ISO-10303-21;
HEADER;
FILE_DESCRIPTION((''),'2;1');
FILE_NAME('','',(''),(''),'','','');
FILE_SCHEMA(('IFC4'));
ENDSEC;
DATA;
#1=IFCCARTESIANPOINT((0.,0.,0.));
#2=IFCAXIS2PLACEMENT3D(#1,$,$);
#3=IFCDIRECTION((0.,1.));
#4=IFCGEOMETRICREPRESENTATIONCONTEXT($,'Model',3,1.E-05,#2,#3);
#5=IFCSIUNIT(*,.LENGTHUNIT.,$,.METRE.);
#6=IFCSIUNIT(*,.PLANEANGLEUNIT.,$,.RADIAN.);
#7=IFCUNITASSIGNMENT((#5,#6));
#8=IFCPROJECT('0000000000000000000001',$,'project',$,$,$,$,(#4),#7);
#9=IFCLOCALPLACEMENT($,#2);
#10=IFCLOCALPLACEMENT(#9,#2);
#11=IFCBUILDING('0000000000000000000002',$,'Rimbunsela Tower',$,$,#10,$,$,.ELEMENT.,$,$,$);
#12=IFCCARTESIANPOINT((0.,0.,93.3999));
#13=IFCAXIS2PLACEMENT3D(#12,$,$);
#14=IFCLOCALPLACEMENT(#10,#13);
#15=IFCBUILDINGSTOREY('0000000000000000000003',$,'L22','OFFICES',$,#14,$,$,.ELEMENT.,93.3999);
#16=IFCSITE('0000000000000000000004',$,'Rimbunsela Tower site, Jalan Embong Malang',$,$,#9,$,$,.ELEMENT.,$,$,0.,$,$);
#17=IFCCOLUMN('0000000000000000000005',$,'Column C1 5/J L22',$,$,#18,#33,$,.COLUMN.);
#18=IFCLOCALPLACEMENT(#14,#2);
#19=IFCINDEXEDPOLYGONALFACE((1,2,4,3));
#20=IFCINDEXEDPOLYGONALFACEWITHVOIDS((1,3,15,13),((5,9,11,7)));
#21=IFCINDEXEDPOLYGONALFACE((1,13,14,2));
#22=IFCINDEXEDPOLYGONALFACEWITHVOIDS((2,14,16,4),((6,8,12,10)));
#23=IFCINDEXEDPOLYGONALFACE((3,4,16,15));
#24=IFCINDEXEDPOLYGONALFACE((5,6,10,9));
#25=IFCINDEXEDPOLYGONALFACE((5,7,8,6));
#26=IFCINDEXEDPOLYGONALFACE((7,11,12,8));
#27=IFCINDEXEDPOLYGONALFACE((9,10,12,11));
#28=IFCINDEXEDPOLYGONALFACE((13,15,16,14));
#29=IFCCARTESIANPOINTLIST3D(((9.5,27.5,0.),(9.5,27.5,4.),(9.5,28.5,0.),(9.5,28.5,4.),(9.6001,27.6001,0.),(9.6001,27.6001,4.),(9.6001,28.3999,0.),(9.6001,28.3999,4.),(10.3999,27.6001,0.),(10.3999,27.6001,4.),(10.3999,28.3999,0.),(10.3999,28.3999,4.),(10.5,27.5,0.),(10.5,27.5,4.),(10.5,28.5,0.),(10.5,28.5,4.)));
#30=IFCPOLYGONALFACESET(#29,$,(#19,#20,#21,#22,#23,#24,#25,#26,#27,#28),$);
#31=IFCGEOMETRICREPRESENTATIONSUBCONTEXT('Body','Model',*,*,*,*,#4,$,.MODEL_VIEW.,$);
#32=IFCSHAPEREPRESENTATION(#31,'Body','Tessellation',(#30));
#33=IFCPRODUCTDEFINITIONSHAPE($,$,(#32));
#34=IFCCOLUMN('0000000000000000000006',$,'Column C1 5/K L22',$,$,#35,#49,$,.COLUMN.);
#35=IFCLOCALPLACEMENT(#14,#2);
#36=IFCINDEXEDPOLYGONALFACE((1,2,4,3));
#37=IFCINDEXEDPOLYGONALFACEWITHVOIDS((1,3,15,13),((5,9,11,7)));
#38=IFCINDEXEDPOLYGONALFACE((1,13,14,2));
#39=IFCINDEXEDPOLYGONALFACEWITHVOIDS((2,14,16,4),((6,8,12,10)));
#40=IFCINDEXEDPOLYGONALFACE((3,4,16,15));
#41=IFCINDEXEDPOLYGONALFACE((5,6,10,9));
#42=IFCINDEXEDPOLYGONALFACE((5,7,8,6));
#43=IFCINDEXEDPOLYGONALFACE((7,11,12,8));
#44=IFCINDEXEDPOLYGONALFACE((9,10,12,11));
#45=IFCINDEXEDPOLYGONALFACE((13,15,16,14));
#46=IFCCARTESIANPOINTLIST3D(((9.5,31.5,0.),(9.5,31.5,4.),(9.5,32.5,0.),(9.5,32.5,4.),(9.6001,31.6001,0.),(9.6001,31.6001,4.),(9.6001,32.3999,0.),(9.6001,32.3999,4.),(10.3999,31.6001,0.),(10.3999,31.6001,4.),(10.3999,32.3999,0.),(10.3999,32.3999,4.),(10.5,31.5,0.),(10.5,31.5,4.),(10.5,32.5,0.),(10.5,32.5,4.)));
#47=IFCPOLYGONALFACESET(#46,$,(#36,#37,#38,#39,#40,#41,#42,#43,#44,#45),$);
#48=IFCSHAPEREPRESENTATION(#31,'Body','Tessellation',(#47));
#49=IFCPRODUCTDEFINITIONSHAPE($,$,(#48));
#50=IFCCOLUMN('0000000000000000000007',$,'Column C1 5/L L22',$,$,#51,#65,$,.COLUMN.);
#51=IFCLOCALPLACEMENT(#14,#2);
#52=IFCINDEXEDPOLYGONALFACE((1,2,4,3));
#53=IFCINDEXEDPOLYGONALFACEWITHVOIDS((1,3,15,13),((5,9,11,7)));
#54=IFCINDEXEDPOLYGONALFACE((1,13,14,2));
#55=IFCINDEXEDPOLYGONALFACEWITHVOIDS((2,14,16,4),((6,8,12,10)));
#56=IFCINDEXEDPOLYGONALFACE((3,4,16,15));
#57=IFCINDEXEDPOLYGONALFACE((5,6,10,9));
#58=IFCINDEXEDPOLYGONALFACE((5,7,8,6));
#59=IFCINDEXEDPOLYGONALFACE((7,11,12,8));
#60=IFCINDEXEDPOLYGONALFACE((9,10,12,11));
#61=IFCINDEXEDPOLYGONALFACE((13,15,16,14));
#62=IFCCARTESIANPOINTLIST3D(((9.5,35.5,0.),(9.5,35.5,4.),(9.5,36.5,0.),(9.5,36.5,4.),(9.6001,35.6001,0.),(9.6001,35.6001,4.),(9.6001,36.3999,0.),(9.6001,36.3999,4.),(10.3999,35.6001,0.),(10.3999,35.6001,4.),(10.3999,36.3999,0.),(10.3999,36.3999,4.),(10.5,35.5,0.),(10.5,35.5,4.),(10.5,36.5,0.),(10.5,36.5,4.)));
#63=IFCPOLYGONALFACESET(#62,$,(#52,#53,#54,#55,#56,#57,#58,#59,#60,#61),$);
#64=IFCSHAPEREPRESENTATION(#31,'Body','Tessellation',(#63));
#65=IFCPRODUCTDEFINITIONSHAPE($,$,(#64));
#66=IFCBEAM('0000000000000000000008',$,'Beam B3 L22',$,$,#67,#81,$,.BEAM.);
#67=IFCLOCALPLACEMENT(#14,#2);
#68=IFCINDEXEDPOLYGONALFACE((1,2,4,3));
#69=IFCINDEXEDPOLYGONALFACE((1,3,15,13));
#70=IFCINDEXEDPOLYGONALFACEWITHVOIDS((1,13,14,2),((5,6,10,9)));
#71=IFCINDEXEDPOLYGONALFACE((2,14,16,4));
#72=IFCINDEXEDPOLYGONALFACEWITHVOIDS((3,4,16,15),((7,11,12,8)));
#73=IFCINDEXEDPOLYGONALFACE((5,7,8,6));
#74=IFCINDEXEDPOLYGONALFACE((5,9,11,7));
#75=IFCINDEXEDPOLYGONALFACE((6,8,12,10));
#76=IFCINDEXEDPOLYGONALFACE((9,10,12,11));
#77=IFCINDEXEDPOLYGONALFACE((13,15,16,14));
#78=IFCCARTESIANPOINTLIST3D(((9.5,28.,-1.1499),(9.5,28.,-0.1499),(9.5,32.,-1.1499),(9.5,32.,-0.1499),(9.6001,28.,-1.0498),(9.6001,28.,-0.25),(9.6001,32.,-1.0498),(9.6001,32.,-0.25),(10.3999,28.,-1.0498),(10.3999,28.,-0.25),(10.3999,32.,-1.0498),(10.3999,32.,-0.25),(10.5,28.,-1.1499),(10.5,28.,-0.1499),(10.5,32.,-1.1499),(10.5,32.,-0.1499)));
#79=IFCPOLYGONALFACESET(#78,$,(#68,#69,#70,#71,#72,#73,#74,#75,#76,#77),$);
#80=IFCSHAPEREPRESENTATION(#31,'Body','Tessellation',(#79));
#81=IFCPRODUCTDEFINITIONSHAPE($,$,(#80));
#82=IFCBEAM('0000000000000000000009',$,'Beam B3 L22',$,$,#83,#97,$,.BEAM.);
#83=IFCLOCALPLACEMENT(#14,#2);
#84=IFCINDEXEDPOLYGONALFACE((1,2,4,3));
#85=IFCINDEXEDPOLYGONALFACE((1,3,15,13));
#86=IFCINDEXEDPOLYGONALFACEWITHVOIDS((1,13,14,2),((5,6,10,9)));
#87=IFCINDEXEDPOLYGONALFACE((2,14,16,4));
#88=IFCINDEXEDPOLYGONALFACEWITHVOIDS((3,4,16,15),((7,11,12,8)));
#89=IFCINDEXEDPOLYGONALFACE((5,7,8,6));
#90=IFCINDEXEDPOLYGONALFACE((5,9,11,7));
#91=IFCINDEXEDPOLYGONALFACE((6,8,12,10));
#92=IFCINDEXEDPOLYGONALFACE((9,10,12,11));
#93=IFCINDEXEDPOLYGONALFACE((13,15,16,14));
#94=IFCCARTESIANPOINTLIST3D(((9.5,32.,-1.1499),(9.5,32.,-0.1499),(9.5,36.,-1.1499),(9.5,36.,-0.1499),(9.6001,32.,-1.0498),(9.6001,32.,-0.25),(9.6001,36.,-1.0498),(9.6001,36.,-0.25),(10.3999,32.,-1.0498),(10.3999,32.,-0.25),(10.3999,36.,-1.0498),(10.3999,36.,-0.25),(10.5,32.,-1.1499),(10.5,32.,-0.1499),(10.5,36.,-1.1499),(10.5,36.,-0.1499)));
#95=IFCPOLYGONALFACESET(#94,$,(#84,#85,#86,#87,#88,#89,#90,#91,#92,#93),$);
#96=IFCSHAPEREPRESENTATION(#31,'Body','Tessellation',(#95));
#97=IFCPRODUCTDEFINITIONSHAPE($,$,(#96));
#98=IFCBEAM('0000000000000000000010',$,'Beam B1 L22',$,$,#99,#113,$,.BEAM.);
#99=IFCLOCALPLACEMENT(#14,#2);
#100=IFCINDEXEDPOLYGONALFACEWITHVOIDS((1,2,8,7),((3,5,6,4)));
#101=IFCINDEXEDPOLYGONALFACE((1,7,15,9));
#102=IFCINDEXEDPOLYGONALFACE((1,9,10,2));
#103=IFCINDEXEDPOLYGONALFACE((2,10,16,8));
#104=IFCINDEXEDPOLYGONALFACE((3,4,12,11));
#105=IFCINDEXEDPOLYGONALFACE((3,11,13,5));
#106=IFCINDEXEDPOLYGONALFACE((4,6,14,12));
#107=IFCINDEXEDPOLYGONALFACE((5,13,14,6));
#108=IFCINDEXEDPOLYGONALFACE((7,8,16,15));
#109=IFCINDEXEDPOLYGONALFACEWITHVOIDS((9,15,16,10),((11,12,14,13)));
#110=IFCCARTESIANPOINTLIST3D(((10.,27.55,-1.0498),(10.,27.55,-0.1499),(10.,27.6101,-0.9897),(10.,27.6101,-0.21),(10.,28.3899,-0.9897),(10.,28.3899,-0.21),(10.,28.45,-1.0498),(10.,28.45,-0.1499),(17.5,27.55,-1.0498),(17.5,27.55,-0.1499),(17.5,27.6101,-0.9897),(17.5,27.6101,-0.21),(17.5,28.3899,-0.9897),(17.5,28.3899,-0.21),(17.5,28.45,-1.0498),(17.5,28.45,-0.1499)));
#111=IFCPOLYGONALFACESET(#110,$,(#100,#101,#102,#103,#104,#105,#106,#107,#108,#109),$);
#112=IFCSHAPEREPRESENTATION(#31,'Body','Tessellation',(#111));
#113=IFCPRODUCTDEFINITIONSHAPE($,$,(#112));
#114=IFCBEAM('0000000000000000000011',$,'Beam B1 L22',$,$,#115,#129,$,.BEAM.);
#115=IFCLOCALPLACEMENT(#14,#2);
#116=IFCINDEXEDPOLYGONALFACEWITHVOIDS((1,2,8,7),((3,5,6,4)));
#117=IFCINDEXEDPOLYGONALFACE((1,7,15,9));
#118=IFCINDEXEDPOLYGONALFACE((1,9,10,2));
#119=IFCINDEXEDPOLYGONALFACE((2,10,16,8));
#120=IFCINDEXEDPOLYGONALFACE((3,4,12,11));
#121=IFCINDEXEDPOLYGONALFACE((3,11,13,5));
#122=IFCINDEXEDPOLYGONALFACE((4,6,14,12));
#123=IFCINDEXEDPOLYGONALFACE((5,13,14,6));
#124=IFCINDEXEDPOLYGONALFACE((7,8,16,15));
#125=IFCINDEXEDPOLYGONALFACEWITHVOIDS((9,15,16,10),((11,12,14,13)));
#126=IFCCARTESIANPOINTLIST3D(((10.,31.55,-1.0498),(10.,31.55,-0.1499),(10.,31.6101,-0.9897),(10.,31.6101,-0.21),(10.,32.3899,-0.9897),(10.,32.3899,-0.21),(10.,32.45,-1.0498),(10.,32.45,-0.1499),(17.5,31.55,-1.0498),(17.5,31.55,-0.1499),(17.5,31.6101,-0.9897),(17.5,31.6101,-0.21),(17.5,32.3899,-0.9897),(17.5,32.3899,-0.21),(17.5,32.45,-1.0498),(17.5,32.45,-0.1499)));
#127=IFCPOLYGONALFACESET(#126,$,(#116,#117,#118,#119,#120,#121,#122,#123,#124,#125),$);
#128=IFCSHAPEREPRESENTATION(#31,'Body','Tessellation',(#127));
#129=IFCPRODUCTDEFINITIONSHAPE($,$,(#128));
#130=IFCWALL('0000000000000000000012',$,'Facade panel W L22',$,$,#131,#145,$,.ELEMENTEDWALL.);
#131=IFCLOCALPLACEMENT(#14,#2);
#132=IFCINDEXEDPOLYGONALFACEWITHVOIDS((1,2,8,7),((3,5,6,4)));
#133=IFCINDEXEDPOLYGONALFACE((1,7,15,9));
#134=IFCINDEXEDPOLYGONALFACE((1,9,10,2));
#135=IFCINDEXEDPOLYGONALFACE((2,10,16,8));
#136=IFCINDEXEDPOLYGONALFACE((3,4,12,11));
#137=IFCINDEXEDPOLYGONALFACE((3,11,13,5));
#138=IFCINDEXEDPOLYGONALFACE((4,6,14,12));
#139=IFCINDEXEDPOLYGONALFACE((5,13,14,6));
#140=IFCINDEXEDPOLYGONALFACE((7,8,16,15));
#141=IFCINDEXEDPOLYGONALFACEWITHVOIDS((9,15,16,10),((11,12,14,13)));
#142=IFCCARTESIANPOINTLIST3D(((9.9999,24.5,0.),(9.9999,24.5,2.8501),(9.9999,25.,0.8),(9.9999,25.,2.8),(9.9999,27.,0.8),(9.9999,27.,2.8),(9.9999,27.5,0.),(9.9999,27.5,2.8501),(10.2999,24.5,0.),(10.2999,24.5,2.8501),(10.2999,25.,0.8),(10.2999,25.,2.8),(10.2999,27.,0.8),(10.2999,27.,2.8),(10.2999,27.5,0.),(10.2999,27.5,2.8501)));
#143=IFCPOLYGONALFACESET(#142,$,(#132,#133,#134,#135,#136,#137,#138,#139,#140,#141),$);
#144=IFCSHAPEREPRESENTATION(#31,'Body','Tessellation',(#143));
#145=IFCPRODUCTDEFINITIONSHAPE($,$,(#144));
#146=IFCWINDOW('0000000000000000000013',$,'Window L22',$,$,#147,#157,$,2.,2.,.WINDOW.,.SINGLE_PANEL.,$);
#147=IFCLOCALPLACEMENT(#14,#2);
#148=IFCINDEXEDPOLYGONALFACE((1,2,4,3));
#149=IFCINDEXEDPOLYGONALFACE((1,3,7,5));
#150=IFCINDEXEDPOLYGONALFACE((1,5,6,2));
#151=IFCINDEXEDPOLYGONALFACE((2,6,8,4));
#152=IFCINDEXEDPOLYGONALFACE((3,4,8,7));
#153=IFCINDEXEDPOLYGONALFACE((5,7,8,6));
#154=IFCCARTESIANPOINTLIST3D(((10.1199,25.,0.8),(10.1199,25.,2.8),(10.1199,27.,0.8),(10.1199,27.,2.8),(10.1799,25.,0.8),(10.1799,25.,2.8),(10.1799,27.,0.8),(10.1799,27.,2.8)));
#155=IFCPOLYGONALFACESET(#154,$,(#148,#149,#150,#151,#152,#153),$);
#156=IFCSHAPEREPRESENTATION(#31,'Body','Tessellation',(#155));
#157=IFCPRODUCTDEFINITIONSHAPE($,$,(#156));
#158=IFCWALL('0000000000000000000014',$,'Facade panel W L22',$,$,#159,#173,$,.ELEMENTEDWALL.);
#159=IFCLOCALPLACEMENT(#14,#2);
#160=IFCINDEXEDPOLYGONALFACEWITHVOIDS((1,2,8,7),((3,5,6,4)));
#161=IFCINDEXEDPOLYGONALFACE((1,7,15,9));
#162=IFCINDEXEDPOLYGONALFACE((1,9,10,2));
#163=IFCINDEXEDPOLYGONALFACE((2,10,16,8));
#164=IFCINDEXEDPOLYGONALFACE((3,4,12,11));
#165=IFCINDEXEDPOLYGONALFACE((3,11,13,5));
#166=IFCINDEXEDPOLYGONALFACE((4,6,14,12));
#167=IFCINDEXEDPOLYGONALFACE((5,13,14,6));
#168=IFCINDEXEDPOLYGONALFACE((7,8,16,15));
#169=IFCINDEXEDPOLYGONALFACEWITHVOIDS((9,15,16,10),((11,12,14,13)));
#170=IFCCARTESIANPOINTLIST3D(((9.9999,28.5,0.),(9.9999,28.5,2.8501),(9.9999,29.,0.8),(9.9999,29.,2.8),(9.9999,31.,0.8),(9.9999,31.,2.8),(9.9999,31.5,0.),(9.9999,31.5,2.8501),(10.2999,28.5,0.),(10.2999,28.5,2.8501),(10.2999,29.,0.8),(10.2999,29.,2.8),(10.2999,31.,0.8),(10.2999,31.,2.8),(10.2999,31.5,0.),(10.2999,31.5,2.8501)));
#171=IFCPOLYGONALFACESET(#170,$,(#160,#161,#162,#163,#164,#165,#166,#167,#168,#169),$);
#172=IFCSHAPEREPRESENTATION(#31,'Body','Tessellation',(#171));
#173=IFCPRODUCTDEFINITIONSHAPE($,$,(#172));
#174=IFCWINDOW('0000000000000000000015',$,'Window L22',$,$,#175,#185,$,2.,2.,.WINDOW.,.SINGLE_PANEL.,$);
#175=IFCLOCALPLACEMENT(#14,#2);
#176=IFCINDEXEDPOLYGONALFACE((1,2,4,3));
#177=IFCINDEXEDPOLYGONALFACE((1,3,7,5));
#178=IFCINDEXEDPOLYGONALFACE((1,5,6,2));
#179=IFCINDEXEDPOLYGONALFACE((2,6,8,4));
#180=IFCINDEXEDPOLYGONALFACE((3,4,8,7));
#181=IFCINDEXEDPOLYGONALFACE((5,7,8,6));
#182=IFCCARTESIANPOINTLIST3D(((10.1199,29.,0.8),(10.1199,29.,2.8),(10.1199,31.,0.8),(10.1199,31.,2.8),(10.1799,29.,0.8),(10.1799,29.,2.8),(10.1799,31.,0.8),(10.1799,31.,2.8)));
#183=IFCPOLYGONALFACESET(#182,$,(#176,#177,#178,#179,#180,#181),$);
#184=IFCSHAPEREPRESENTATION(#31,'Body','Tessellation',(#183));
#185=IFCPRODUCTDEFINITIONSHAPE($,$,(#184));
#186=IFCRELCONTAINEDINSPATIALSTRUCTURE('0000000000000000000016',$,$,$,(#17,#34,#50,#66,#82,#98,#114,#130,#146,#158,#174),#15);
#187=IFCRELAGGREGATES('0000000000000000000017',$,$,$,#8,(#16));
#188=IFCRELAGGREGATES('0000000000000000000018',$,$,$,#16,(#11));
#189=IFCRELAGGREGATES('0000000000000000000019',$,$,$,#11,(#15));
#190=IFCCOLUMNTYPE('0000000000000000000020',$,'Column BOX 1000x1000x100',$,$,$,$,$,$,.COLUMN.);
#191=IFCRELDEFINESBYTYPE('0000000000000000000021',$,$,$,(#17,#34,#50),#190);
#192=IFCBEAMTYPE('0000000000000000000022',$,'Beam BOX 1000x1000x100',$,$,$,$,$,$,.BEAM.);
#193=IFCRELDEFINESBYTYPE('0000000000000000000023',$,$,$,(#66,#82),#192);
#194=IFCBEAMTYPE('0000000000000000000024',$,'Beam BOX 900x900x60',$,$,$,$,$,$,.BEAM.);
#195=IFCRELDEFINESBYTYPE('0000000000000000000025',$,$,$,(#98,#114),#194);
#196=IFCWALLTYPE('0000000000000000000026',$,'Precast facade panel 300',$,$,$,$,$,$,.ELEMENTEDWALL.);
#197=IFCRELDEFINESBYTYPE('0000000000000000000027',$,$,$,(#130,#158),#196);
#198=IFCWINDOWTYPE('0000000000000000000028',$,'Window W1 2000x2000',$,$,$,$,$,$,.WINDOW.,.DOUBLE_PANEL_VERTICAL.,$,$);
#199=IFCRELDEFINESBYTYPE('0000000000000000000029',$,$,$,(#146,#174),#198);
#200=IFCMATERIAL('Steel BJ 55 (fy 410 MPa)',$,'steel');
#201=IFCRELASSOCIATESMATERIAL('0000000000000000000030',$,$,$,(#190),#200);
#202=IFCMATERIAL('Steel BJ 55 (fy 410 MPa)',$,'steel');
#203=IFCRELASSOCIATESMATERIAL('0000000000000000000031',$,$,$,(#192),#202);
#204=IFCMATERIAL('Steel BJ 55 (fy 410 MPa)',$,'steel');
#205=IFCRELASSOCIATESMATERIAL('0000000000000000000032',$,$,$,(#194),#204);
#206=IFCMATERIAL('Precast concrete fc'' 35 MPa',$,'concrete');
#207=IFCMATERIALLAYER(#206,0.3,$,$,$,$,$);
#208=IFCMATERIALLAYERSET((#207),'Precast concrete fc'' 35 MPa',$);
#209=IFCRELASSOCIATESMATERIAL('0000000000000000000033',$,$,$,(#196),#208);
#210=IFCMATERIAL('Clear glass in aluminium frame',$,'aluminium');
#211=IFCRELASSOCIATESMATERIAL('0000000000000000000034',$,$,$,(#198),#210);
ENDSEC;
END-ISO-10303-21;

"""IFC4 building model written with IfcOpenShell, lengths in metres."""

from ifc_helpers import new_model, si_unit, direction, frame, frame_2d, origin, origin_2d, place, context, subcontext, project, spatial, rectangle, hollow_rectangle, extrude, material, layer, layer_set, material_profile, profile_set, type_object, element, fill, save


model = new_model("IFC4")

# Units and contexts
model_context = context("Model", 3, precision=1e-05, world=origin(), true_north=direction((0.0, 1.0)))
body_context = subcontext(model_context, "Body", "Model", "MODEL_VIEW")
ifc_project = project(units=[si_unit("LENGTHUNIT", "METRE"), si_unit("PLANEANGLEUNIT", "RADIAN")], contexts=[model_context])

# Site, building, storey
site_placement = place(None, origin())
site = spatial("IfcSite", under=ifc_project, at=site_placement, Name="Rimbunsela Tower site, Jalan Embong Malang", CompositionType="ELEMENT", RefElevation=0.0)
building_placement = place(site_placement, origin())
building = spatial("IfcBuilding", under=site, at=building_placement, Name="Rimbunsela Tower", CompositionType="ELEMENT")
storey_placement = place(building_placement, frame((0.0, 0.0, 93.3999)))
storey = spatial("IfcBuildingStorey", under=building, at=storey_placement, Name="L22", Description="OFFICES", CompositionType="ELEMENT", Elevation=93.3999)

# Columns
ifc_material_1 = material(Name="Steel BJ 55 (fy 410 MPa)", Category="steel")
ifc_material_profile_1 = material_profile(ifc_material_1, hollow_rectangle(XDim=1.0, YDim=1.0, WallThickness=0.1001, at=origin_2d()), Name="BOX 1000x1000x100")
ifc_profile_set_1 = profile_set([ifc_material_profile_1], Name="Steel BJ 55 (fy 410 MPa)")
column_type = type_object("IfcColumnType", Name="Column BOX 1000x1000x100", PredefinedType="COLUMN", material=ifc_profile_set_1)
for number, where, z_axis, x_axis, name in (
    (1, (10.0, 28.0, 0.0), (0.0, 0.0, 1.0), (1.0, 0.0, 0.0), "Column C1 5/J L22"),
    (2, (10.0, 32.0, 0.0), (0.0, 0.0, 1.0), (1.0, 0.0, 0.0), "Column C1 5/K L22"),
    (3, (10.0, 36.0, 0.0), (0.0, 0.0, 1.0), (1.0, 0.0, 0.0), "Column C1 5/L L22"),
):
    element("IfcColumn", number, at=place(storey_placement, frame(where, z_axis=z_axis, x_axis=x_axis)), inside=storey, type_object=column_type, Name=name, PredefinedType="COLUMN", context=body_context, shape_type="SweptSolid", body=[
        extrude(hollow_rectangle(XDim=1.0, YDim=1.0, WallThickness=0.1001, at=origin_2d()), origin(), (0.0, 0.0, 1.0), 4.0),
    ])

# Beams
ifc_material_2 = material(Name="Steel BJ 55 (fy 410 MPa)", Category="steel")
ifc_material_profile_2 = material_profile(ifc_material_2, hollow_rectangle(XDim=1.0, YDim=1.0, WallThickness=0.1001, at=origin_2d()), Name="BOX 1000x1000x100")
ifc_profile_set_2 = profile_set([ifc_material_profile_2], Name="Steel BJ 55 (fy 410 MPa)")
beam_type_1 = type_object("IfcBeamType", Name="Beam BOX 1000x1000x100", PredefinedType="BEAM", material=ifc_profile_set_2)
for number, where, z_axis, x_axis, name in (
    (4, (10.0, 28.0, -0.6499), (0.0, 1.0, 0.0), (-1.0, 0.0, 0.0), "Beam B3 L22"),
    (5, (10.0, 32.0, -0.6499), (0.0, 1.0, 0.0), (-1.0, 0.0, 0.0), "Beam B3 L22"),
):
    element("IfcBeam", number, at=place(storey_placement, frame(where, z_axis=z_axis, x_axis=x_axis)), inside=storey, type_object=beam_type_1, Name=name, PredefinedType="BEAM", context=body_context, shape_type="SweptSolid", body=[
        extrude(hollow_rectangle(XDim=1.0, YDim=1.0, WallThickness=0.1001, at=origin_2d()), origin(), (0.0, 0.0, 1.0), 4.0),
    ])
ifc_material_3 = material(Name="Steel BJ 55 (fy 410 MPa)", Category="steel")
ifc_material_profile_3 = material_profile(ifc_material_3, hollow_rectangle(XDim=0.8999, YDim=0.8999, WallThickness=0.0601, at=origin_2d()), Name="BOX 900x900x60")
ifc_profile_set_3 = profile_set([ifc_material_profile_3], Name="Steel BJ 55 (fy 410 MPa)")
beam_type_2 = type_object("IfcBeamType", Name="Beam BOX 900x900x60", PredefinedType="BEAM", material=ifc_profile_set_3)
for number, where, z_axis, x_axis, name in (
    (6, (10.0, 28.0, -0.5999), (1.0, 0.0, 0.0), (0.0, 1.0, 0.0), "Beam B1 L22"),
    (7, (10.0, 32.0, -0.5999), (1.0, 0.0, 0.0), (0.0, 1.0, 0.0), "Beam B1 L22"),
):
    element("IfcBeam", number, at=place(storey_placement, frame(where, z_axis=z_axis, x_axis=x_axis)), inside=storey, type_object=beam_type_2, Name=name, PredefinedType="BEAM", context=body_context, shape_type="SweptSolid", body=[
        extrude(hollow_rectangle(XDim=0.8999, YDim=0.8999, WallThickness=0.0601, at=origin_2d()), origin(), (0.0, 0.0, 1.0), 7.5),
    ])

# Walls, openings, windows
ifc_material_4 = material(Name="Precast concrete fc' 35 MPa", Category="concrete")
ifc_layer_1 = layer(ifc_material_4, 0.3)
ifc_layer_set_1 = layer_set([ifc_layer_1], Name="Precast concrete fc' 35 MPa")
wall_type = type_object("IfcWallType", Name="Precast facade panel 300", PredefinedType="ELEMENTEDWALL", material=ifc_layer_set_1)
wall_1_placement = place(storey_placement, frame((10.1499, 27.5, 0.0), z_axis=(0.0, 0.0, 1.0), x_axis=(0.0, -1.0, 0.0)))
wall_1 = element("IfcWall", 8, at=wall_1_placement, inside=storey, type_object=wall_type, Name="Facade panel W L22", PredefinedType="ELEMENTEDWALL", context=body_context, shape_type="SweptSolid", body=[
    extrude(rectangle(XDim=3.0, YDim=0.3, at=frame_2d((1.5, 0.0))), origin(), (0.0, 0.0, 1.0), 2.8501),
])
opening_1_placement = place(wall_1_placement, frame((0.5, 0.0, 0.8)))
opening_1 = element("IfcOpeningElement", 9, at=opening_1_placement, cuts=wall_1, PredefinedType="OPENING", context=body_context, shape_type="SweptSolid", body=[
    extrude(rectangle(XDim=2.0, YDim=2.0, at=frame_2d((1.0, 1.0))), frame((0.0, 0.1599, 0.0), z_axis=(0.0, -1.0, 0.0), x_axis=(1.0, 0.0, 0.0)), (0.0, 0.0, 1.0), 0.3201),
])
ifc_material_5 = material(Name="Clear glass in aluminium frame", Category="aluminium")
window_type = type_object("IfcWindowType", Name="Window W1 2000x2000", PartitioningType="DOUBLE_PANEL_VERTICAL", PredefinedType="WINDOW", material=ifc_material_5)
window_1_placement = place(opening_1_placement, origin())
window_1 = element("IfcWindow", 10, at=window_1_placement, inside=storey, type_object=window_type, Name="Window L22", OverallHeight=2.0, OverallWidth=2.0, PartitioningType="SINGLE_PANEL", PredefinedType="WINDOW", context=body_context, shape_type="SweptSolid", body=[
    extrude(rectangle(XDim=2.0, YDim=2.0, at=frame_2d((1.0, 1.0))), frame((0.0, 0.03, 0.0), z_axis=(0.0, -1.0, 0.0), x_axis=(1.0, 0.0, 0.0)), (0.0, 0.0, 1.0), 0.0601),
])
fill(opening_1, window_1)
wall_2_placement = place(storey_placement, frame((10.1499, 31.5, 0.0), z_axis=(0.0, 0.0, 1.0), x_axis=(0.0, -1.0, 0.0)))
wall_2 = element("IfcWall", 11, at=wall_2_placement, inside=storey, type_object=wall_type, Name="Facade panel W L22", PredefinedType="ELEMENTEDWALL", context=body_context, shape_type="SweptSolid", body=[
    extrude(rectangle(XDim=3.0, YDim=0.3, at=frame_2d((1.5, 0.0))), origin(), (0.0, 0.0, 1.0), 2.8501),
])
opening_2_placement = place(wall_2_placement, frame((0.5, 0.0, 0.8)))
opening_2 = element("IfcOpeningElement", 12, at=opening_2_placement, cuts=wall_2, PredefinedType="OPENING", context=body_context, shape_type="SweptSolid", body=[
    extrude(rectangle(XDim=2.0, YDim=2.0, at=frame_2d((1.0, 1.0))), frame((0.0, 0.1599, 0.0), z_axis=(0.0, -1.0, 0.0), x_axis=(1.0, 0.0, 0.0)), (0.0, 0.0, 1.0), 0.3201),
])
window_2_placement = place(opening_2_placement, origin())
window_2 = element("IfcWindow", 13, at=window_2_placement, inside=storey, type_object=window_type, Name="Window L22", OverallHeight=2.0, OverallWidth=2.0, PartitioningType="SINGLE_PANEL", PredefinedType="WINDOW", context=body_context, shape_type="SweptSolid", body=[
    extrude(rectangle(XDim=2.0, YDim=2.0, at=frame_2d((1.0, 1.0))), frame((0.0, 0.03, 0.0), z_axis=(0.0, -1.0, 0.0), x_axis=(1.0, 0.0, 0.0)), (0.0, 0.0, 1.0), 0.0601),
])
fill(opening_2, window_2)

save(model, "model.ifc")
